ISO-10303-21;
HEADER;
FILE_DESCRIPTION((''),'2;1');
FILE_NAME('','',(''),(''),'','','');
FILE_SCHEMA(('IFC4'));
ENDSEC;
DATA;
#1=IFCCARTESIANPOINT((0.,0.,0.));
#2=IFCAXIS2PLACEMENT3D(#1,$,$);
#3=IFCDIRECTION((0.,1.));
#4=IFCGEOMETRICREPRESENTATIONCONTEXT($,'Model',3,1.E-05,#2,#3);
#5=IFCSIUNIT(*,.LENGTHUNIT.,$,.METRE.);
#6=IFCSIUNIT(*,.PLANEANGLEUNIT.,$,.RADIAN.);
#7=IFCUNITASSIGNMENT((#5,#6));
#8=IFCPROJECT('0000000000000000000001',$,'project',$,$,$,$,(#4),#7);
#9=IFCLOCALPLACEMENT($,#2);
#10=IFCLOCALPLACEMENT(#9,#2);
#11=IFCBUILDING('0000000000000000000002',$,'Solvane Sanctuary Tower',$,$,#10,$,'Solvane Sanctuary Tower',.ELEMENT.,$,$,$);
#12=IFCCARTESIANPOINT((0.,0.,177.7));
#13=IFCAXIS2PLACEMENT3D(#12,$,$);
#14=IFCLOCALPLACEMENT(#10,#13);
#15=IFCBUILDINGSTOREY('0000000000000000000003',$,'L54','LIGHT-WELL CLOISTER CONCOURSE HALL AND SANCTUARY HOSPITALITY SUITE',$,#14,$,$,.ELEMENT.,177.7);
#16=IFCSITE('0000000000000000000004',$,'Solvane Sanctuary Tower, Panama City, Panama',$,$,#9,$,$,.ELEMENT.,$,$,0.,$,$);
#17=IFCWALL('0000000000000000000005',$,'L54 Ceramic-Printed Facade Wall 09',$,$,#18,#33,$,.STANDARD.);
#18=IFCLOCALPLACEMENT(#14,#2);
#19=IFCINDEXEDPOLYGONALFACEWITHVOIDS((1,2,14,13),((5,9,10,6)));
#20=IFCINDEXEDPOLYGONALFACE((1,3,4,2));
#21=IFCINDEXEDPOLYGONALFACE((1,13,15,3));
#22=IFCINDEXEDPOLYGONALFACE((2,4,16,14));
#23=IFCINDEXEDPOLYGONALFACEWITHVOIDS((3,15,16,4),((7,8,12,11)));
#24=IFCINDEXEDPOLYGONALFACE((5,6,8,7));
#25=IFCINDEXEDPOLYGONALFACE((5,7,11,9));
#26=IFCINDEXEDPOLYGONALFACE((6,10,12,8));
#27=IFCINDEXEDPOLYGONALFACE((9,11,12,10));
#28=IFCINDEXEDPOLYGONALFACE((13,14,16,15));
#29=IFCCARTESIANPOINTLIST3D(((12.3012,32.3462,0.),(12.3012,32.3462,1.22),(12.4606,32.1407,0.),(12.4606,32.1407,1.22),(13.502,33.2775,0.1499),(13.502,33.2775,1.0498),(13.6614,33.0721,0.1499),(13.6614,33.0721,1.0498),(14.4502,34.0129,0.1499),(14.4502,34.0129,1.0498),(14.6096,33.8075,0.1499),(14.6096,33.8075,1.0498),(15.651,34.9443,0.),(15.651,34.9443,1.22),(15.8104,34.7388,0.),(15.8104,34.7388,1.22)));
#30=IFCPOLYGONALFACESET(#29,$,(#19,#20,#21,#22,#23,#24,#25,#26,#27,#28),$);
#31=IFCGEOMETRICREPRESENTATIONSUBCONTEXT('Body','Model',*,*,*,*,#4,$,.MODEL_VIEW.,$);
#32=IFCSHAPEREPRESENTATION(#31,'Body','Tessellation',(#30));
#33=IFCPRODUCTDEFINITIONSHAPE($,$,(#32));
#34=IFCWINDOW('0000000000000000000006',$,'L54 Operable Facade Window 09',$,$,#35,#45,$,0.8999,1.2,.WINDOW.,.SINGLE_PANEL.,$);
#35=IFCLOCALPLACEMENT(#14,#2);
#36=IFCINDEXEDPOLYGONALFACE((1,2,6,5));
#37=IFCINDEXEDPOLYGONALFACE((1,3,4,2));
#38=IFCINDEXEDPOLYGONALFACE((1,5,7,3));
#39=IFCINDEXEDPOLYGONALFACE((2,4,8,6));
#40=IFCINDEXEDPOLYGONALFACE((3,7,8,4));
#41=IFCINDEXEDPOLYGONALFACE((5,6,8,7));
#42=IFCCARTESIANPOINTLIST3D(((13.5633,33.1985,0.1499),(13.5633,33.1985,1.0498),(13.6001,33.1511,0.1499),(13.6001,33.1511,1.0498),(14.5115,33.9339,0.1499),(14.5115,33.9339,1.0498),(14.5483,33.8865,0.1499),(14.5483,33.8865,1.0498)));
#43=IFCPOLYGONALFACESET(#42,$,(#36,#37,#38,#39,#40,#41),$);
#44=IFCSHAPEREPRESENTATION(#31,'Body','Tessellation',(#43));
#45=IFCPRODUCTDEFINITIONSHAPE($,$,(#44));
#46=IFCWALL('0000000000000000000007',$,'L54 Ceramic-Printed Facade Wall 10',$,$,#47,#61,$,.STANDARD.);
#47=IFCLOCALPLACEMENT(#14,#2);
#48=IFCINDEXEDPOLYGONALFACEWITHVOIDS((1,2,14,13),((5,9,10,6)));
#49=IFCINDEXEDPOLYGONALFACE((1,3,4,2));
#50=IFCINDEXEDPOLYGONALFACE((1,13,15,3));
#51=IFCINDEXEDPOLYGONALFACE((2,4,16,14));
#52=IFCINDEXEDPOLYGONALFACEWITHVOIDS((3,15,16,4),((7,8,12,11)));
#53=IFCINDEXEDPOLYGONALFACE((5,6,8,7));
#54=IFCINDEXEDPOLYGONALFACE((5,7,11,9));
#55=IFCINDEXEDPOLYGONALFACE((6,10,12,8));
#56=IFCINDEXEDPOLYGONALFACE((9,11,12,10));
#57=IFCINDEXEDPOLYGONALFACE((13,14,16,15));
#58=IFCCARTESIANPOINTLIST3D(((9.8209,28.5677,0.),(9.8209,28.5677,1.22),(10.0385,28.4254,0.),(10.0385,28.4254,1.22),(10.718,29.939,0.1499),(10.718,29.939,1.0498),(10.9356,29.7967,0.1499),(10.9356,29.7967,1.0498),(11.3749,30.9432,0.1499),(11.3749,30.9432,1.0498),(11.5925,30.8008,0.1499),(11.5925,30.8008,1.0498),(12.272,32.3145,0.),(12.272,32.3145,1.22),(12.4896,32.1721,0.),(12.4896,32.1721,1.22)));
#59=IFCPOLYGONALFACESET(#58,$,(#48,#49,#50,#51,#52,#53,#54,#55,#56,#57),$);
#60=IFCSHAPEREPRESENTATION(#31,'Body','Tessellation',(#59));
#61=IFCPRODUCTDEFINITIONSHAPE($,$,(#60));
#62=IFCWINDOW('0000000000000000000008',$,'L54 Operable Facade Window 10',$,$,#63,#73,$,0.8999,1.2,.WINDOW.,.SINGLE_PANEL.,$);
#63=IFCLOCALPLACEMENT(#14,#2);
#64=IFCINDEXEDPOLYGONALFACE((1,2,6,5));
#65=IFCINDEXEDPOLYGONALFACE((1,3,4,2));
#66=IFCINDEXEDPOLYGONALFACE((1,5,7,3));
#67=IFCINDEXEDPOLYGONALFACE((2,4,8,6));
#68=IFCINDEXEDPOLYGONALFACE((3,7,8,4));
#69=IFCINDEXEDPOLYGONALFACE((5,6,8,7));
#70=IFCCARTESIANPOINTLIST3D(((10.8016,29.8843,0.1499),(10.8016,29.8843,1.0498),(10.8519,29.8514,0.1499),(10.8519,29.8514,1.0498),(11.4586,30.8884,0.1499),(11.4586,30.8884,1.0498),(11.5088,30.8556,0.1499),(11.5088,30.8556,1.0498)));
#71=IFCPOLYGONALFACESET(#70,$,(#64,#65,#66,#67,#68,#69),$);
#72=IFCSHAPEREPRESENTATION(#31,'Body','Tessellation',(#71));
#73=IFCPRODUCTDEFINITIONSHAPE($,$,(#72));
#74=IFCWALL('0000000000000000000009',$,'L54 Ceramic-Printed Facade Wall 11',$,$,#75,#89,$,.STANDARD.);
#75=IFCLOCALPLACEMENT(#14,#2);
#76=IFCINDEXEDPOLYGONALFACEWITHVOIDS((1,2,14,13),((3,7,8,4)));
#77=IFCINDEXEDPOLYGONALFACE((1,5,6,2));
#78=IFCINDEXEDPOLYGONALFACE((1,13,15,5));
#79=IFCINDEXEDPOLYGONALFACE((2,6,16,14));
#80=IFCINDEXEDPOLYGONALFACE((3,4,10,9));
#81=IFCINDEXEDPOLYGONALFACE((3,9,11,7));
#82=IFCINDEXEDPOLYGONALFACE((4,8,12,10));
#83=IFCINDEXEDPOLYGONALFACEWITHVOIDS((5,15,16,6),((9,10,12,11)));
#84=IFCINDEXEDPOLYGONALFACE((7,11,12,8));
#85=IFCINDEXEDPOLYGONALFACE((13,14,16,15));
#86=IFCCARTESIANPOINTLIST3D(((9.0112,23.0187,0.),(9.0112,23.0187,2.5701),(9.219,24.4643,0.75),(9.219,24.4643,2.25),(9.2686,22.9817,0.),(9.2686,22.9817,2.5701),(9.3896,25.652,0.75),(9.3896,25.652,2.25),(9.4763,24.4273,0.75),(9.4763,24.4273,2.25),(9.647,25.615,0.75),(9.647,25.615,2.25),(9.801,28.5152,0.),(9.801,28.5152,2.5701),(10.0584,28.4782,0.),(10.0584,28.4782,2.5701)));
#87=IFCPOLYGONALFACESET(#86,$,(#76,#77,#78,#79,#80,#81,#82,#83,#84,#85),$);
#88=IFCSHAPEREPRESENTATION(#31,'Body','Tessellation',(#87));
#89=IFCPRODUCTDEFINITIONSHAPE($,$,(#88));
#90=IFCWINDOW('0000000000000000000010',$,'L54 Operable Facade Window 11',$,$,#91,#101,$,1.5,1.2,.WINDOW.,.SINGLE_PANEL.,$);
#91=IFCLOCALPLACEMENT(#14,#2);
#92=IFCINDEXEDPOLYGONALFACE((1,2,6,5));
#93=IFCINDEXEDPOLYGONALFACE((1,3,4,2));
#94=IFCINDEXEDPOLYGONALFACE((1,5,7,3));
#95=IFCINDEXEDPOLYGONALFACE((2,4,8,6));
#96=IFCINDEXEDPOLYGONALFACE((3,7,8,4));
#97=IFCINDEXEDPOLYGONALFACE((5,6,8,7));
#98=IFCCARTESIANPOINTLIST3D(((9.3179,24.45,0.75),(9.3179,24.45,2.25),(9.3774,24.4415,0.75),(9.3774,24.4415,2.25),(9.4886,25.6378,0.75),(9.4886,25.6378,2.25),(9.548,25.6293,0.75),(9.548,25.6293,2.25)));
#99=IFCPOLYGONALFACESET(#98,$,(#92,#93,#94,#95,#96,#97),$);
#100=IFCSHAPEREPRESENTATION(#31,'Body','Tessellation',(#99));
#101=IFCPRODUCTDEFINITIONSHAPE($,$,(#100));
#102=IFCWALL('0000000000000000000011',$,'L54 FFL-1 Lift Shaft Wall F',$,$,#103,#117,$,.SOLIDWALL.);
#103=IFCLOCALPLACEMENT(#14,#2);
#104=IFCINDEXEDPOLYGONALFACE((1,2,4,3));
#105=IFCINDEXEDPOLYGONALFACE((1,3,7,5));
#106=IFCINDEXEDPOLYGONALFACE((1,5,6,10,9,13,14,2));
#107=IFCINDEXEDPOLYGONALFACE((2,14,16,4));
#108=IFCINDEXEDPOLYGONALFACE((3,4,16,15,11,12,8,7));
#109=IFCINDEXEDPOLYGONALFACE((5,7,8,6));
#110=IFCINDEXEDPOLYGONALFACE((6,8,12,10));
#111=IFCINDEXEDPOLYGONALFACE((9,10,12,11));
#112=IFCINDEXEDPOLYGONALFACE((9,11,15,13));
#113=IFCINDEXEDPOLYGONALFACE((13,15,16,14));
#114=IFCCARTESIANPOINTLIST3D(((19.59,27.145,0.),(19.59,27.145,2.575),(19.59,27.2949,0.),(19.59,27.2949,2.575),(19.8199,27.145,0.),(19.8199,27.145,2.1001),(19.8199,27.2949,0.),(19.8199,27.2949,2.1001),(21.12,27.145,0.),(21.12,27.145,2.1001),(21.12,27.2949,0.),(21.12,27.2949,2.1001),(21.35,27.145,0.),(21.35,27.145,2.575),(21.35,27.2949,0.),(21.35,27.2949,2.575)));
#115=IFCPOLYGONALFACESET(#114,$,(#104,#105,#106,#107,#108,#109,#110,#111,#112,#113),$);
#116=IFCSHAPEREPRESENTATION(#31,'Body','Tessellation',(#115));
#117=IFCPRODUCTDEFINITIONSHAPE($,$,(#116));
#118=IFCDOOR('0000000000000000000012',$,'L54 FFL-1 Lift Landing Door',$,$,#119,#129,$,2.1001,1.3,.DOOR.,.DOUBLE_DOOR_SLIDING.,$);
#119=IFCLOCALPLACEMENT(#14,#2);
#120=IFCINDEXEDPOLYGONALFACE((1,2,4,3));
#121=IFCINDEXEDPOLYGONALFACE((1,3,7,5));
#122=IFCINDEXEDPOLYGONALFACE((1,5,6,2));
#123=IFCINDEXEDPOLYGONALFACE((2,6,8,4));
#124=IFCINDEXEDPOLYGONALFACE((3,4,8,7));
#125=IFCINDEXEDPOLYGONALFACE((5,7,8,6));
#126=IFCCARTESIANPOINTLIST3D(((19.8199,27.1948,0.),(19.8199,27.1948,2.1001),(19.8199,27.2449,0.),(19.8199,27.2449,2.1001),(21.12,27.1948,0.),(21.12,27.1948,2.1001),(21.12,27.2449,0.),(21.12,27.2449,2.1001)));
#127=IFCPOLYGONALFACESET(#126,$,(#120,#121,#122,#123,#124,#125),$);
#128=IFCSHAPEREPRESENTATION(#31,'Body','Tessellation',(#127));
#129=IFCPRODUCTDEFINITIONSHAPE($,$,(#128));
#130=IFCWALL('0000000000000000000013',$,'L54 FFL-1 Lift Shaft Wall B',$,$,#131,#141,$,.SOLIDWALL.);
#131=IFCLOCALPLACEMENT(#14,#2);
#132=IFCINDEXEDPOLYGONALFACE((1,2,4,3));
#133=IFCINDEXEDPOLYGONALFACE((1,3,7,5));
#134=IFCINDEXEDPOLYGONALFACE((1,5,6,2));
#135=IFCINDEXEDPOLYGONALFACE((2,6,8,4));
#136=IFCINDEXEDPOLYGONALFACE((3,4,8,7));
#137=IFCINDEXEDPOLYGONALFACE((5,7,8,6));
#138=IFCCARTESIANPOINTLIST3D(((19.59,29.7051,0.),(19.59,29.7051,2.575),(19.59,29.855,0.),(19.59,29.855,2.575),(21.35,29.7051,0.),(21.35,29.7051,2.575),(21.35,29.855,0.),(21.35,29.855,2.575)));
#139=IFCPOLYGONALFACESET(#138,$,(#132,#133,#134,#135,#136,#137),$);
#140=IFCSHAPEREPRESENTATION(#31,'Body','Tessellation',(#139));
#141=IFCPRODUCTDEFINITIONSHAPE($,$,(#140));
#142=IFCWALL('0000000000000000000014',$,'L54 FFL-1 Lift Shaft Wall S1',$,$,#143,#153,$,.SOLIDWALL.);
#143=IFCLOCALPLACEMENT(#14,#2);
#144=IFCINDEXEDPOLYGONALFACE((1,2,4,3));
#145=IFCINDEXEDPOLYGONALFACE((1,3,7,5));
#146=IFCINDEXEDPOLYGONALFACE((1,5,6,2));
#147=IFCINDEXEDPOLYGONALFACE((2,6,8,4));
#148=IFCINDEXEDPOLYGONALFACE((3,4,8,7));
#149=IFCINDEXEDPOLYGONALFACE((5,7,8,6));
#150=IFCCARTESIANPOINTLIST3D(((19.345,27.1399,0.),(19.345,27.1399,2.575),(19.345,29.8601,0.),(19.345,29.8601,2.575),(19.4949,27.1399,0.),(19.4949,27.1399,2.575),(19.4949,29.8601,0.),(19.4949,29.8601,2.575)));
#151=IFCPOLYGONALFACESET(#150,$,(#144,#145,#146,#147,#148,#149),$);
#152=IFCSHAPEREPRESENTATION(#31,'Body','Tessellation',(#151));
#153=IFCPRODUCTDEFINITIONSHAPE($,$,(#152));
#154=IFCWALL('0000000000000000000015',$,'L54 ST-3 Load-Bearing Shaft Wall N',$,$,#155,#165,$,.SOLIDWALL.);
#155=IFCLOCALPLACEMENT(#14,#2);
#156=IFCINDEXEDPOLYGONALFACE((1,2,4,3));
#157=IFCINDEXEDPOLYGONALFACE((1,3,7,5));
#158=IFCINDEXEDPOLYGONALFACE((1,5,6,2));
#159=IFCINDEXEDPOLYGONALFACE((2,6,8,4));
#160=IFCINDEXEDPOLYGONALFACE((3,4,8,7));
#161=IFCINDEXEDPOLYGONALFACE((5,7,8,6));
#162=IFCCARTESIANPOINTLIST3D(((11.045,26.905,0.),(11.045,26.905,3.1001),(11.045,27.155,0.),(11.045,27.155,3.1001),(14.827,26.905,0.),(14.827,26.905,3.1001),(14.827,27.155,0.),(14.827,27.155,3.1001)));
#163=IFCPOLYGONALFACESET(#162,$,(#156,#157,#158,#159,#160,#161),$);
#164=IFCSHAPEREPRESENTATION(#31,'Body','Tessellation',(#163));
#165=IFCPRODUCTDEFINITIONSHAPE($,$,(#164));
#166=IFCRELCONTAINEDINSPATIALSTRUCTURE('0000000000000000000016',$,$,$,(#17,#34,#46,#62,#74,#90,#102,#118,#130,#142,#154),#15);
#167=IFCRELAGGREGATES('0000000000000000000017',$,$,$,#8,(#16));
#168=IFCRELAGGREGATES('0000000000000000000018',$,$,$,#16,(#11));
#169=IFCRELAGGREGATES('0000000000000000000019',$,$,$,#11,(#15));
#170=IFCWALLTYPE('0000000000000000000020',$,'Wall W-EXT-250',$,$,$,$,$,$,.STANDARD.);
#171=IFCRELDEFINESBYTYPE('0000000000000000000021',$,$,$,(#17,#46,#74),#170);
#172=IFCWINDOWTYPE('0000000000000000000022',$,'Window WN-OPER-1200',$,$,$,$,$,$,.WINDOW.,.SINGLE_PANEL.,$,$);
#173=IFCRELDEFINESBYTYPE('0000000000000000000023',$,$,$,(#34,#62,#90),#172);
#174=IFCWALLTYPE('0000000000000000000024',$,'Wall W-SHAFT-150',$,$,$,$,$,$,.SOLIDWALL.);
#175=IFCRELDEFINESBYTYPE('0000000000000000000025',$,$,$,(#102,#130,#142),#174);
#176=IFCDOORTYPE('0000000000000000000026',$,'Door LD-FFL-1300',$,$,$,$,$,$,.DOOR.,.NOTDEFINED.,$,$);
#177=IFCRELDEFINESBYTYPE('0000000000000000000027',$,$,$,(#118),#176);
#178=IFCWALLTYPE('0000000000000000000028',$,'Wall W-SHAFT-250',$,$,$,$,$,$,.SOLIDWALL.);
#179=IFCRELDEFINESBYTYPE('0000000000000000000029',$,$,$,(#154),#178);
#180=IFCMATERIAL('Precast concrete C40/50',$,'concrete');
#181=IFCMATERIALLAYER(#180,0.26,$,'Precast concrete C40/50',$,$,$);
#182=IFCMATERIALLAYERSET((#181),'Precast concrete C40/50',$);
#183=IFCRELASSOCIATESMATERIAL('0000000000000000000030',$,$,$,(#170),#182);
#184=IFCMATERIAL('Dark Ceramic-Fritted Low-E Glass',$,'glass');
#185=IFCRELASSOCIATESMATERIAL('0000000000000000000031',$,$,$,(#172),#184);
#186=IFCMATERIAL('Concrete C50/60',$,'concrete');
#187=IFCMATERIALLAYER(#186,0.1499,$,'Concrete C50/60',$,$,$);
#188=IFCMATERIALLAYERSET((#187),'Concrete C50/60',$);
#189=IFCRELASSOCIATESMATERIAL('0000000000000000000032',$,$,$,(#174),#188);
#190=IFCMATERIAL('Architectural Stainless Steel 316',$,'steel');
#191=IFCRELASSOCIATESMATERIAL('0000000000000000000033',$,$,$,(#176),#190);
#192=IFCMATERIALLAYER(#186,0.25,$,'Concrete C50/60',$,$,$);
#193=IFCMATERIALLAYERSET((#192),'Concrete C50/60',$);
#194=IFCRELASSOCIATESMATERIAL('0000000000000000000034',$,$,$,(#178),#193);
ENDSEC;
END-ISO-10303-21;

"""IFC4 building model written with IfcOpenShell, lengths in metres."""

from ifc_helpers import new_model, si_unit, direction, frame, frame_2d, origin, place, context, subcontext, project, spatial, rectangle, extrude, material, layer, layer_set, type_object, element, fill, save


model = new_model("IFC4")

# Units and contexts
model_context = context("Model", 3, precision=1e-05, world=origin(), true_north=direction((0.0, 1.0)))
body_context = subcontext(model_context, "Body", "Model", "MODEL_VIEW")
ifc_project = project(units=[si_unit("LENGTHUNIT", "METRE"), si_unit("PLANEANGLEUNIT", "RADIAN")], contexts=[model_context])

# Site, building, storey
site_placement = place(None, origin())
site = spatial("IfcSite", under=ifc_project, at=site_placement, Name="Solvane Sanctuary Tower, Panama City, Panama", CompositionType="ELEMENT", RefElevation=0.0)
building_placement = place(site_placement, origin())
building = spatial("IfcBuilding", under=site, at=building_placement, Name="Solvane Sanctuary Tower", LongName="Solvane Sanctuary Tower", CompositionType="ELEMENT")
storey_placement = place(building_placement, frame((0.0, 0.0, 177.7)))
storey = spatial("IfcBuildingStorey", under=building, at=storey_placement, Name="L54", Description="LIGHT-WELL CLOISTER CONCOURSE HALL AND SANCTUARY HOSPITALITY SUITE", CompositionType="ELEMENT", Elevation=177.7)

# Shared definitions
ifc_material_1 = material(Name="Concrete C50/60", Category="concrete")

# Shared definitions
ifc_material_2 = material(Name="Precast concrete C40/50", Category="concrete")
ifc_layer_1 = layer(ifc_material_2, 0.26, Name="Precast concrete C40/50")
ifc_layer_set_1 = layer_set([ifc_layer_1], Name="Precast concrete C40/50")
wall_type_1 = type_object("IfcWallType", Name="Wall W-EXT-250", PredefinedType="STANDARD", material=ifc_layer_set_1)

# Walls, openings, windows
wall_1_placement = place(storey_placement, frame((15.7307, 34.8416, 0.0), z_axis=(0.0, 0.0, 1.0), x_axis=(-0.790186, -0.612868, 0.0)))
wall_1 = element("IfcWall", 1, at=wall_1_placement, inside=storey, type_object=wall_type_1, Name="L54 Ceramic-Printed Facade Wall 09", PredefinedType="STANDARD", context=body_context, shape_type="SweptSolid", body=[
    extrude(rectangle(XDim=4.2393, YDim=0.26, at=frame_2d((2.1196, 0.0))), origin(), (0.0, 0.0, 1.0), 1.22),
])
opening_1_placement = place(wall_1_placement, frame((1.5195, 0.0, 0.1499)))
opening_1 = element("IfcOpeningElement", 2, at=opening_1_placement, cuts=wall_1, PredefinedType="OPENING", context=body_context, shape_type="SweptSolid", body=[
    extrude(rectangle(XDim=1.2, YDim=0.8999, at=frame_2d((0.6001, 0.45))), frame((0.0, 0.1399, 0.0), z_axis=(0.0, -1.0, 0.0), x_axis=(1.0, 0.0, 0.0)), (0.0, 0.0, 1.0), 0.28),
])
ifc_material_3 = material(Name="Dark Ceramic-Fritted Low-E Glass", Category="glass")
window_type = type_object("IfcWindowType", Name="Window WN-OPER-1200", PartitioningType="SINGLE_PANEL", PredefinedType="WINDOW", material=ifc_material_3)
window_1_placement = place(opening_1_placement, origin())
window_1 = element("IfcWindow", 3, at=window_1_placement, inside=storey, type_object=window_type, Name="L54 Operable Facade Window 09", OverallHeight=0.8999, OverallWidth=1.2, PartitioningType="SINGLE_PANEL", PredefinedType="WINDOW", context=body_context, shape_type="SweptSolid", body=[
    extrude(rectangle(XDim=1.2, YDim=0.8999, at=frame_2d((0.6001, 0.45))), frame((0.0, 0.03, 0.0), z_axis=(0.0, -1.0, 0.0), x_axis=(1.0, 0.0, 0.0)), (0.0, 0.0, 1.0), 0.0601),
])
fill(opening_1, window_1)
wall_2_placement = place(storey_placement, frame((12.3809, 32.2434, 0.0), z_axis=(0.0, 0.0, 1.0), x_axis=(-0.547456, -0.836834, 0.0)))
wall_2 = element("IfcWall", 4, at=wall_2_placement, inside=storey, type_object=wall_type_1, Name="L54 Ceramic-Printed Facade Wall 10", PredefinedType="STANDARD", context=body_context, shape_type="SweptSolid", body=[
    extrude(rectangle(XDim=4.4773, YDim=0.26, at=frame_2d((2.2388, 0.0))), origin(), (0.0, 0.0, 1.0), 1.22),
])
opening_2_placement = place(wall_2_placement, frame((1.6387, 0.0, 0.1499)))
opening_2 = element("IfcOpeningElement", 5, at=opening_2_placement, cuts=wall_2, PredefinedType="OPENING", context=body_context, shape_type="SweptSolid", body=[
    extrude(rectangle(XDim=1.2, YDim=0.8999, at=frame_2d((0.6001, 0.45))), frame((0.0, 0.1399, 0.0), z_axis=(0.0, -1.0, 0.0), x_axis=(1.0, 0.0, 0.0)), (0.0, 0.0, 1.0), 0.28),
])
window_2_placement = place(opening_2_placement, origin())
window_2 = element("IfcWindow", 6, at=window_2_placement, inside=storey, type_object=window_type, Name="L54 Operable Facade Window 10", OverallHeight=0.8999, OverallWidth=1.2, PartitioningType="SINGLE_PANEL", PredefinedType="WINDOW", context=body_context, shape_type="SweptSolid", body=[
    extrude(rectangle(XDim=1.2, YDim=0.8999, at=frame_2d((0.6001, 0.45))), frame((0.0, 0.03, 0.0), z_axis=(0.0, -1.0, 0.0), x_axis=(1.0, 0.0, 0.0)), (0.0, 0.0, 1.0), 0.0601),
])
fill(opening_2, window_2)
wall_3_placement = place(storey_placement, frame((9.9297, 28.4966, 0.0), z_axis=(0.0, 0.0, 1.0), x_axis=(-0.142228, -0.989834, 0.0)))
wall_3 = element("IfcWall", 7, at=wall_3_placement, inside=storey, type_object=wall_type_1, Name="L54 Ceramic-Printed Facade Wall 11", PredefinedType="STANDARD", context=body_context, shape_type="SweptSolid", body=[
    extrude(rectangle(XDim=5.553, YDim=0.26, at=frame_2d((2.7764, 0.0))), origin(), (0.0, 0.0, 1.0), 2.5701),
])
opening_3_placement = place(wall_3_placement, frame((2.8923, 0.0, 0.75)))
opening_3 = element("IfcOpeningElement", 8, at=opening_3_placement, cuts=wall_3, PredefinedType="OPENING", context=body_context, shape_type="SweptSolid", body=[
    extrude(rectangle(XDim=1.2, YDim=1.5, at=frame_2d((0.6001, 0.75))), frame((0.0, 0.1399, 0.0), z_axis=(0.0, -1.0, 0.0), x_axis=(1.0, 0.0, 0.0)), (0.0, 0.0, 1.0), 0.28),
])
window_3_placement = place(opening_3_placement, origin())
window_3 = element("IfcWindow", 9, at=window_3_placement, inside=storey, type_object=window_type, Name="L54 Operable Facade Window 11", OverallHeight=1.5, OverallWidth=1.2, PartitioningType="SINGLE_PANEL", PredefinedType="WINDOW", context=body_context, shape_type="SweptSolid", body=[
    extrude(rectangle(XDim=1.2, YDim=1.5, at=frame_2d((0.6001, 0.75))), frame((0.0, 0.03, 0.0), z_axis=(0.0, -1.0, 0.0), x_axis=(1.0, 0.0, 0.0)), (0.0, 0.0, 1.0), 0.0601),
])
fill(opening_3, window_3)

# Wall, opening, door
ifc_layer_2 = layer(ifc_material_1, 0.1499, Name="Concrete C50/60")
ifc_layer_set_2 = layer_set([ifc_layer_2], Name="Concrete C50/60")
wall_type_2 = type_object("IfcWallType", Name="Wall W-SHAFT-150", PredefinedType="SOLIDWALL", material=ifc_layer_set_2)
wall_4_placement = place(storey_placement, frame((19.5901, 27.22, 0.0), z_axis=(0.0, 0.0, 1.0), x_axis=(1.0, 0.0, 0.0)))
wall_4 = element("IfcWall", 10, at=wall_4_placement, inside=storey, type_object=wall_type_2, Name="L54 FFL-1 Lift Shaft Wall F", PredefinedType="SOLIDWALL", context=body_context, shape_type="SweptSolid", body=[
    extrude(rectangle(XDim=1.76, YDim=0.1499, at=frame_2d((0.8799, 0.0))), origin(), (0.0, 0.0, 1.0), 2.575),
])
opening_4_placement = place(wall_4_placement, frame((0.23, 0.0, 0.0)))
opening_4 = element("IfcOpeningElement", 11, at=opening_4_placement, cuts=wall_4, PredefinedType="OPENING", context=body_context, shape_type="SweptSolid", body=[
    extrude(rectangle(XDim=1.3, YDim=2.1001, at=frame_2d((0.6499, 1.05))), frame((0.0, 0.085, 0.0), z_axis=(0.0, -1.0, 0.0), x_axis=(1.0, 0.0, 0.0)), (0.0, 0.0, 1.0), 0.1699),
])
ifc_material_4 = material(Name="Architectural Stainless Steel 316", Category="steel")
door_type_1 = type_object("IfcDoorType", Name="Door LD-FFL-1300", OperationType="NOTDEFINED", PredefinedType="DOOR", material=ifc_material_4)
door_1_placement = place(opening_4_placement, origin())
door_1 = element("IfcDoor", 12, at=door_1_placement, inside=storey, type_object=door_type_1, Name="L54 FFL-1 Lift Landing Door", OperationType="DOUBLE_DOOR_SLIDING", OverallHeight=2.1001, OverallWidth=1.3, PredefinedType="DOOR", context=body_context, shape_type="SweptSolid", body=[
    extrude(rectangle(XDim=1.3, YDim=2.1001, at=frame_2d((0.6499, 1.05))), frame((0.0, 0.0249, 0.0), z_axis=(0.0, -1.0, 0.0), x_axis=(1.0, 0.0, 0.0)), (0.0, 0.0, 1.0), 0.05),
])
fill(opening_4, door_1)

# Walls
wall_5_placement = place(storey_placement, frame((19.5901, 29.78, 0.0), z_axis=(0.0, 0.0, 1.0), x_axis=(1.0, 0.0, 0.0)))
element("IfcWall", 13, at=wall_5_placement, inside=storey, type_object=wall_type_2, Name="L54 FFL-1 Lift Shaft Wall B", PredefinedType="SOLIDWALL", context=body_context, shape_type="SweptSolid", body=[
    extrude(rectangle(XDim=1.76, YDim=0.1499, at=frame_2d((0.8799, 0.0))), origin(), (0.0, 0.0, 1.0), 2.575),
])
wall_6_placement = place(storey_placement, frame((19.4199, 27.1399, 0.0), z_axis=(0.0, 0.0, 1.0), x_axis=(0.0, 1.0, 0.0)))
element("IfcWall", 14, at=wall_6_placement, inside=storey, type_object=wall_type_2, Name="L54 FFL-1 Lift Shaft Wall S1", PredefinedType="SOLIDWALL", context=body_context, shape_type="SweptSolid", body=[
    extrude(rectangle(XDim=2.7202, YDim=0.1499, at=frame_2d((1.3601, 0.0))), origin(), (0.0, 0.0, 1.0), 2.575),
])
ifc_layer_3 = layer(ifc_material_1, 0.25, Name="Concrete C50/60")
ifc_layer_set_3 = layer_set([ifc_layer_3], Name="Concrete C50/60")
wall_type_3 = type_object("IfcWallType", Name="Wall W-SHAFT-250", PredefinedType="SOLIDWALL", material=ifc_layer_set_3)
wall_7_placement = place(storey_placement, frame((11.0449, 27.03, 0.0), z_axis=(0.0, 0.0, 1.0), x_axis=(1.0, 0.0, 0.0)))
element("IfcWall", 15, at=wall_7_placement, inside=storey, type_object=wall_type_3, Name="L54 ST-3 Load-Bearing Shaft Wall N", PredefinedType="SOLIDWALL", context=body_context, shape_type="SweptSolid", body=[
    extrude(rectangle(XDim=3.782, YDim=0.25, at=frame_2d((1.8911, 0.0))), origin(), (0.0, 0.0, 1.0), 3.1001),
])

save(model, "model.ifc")
